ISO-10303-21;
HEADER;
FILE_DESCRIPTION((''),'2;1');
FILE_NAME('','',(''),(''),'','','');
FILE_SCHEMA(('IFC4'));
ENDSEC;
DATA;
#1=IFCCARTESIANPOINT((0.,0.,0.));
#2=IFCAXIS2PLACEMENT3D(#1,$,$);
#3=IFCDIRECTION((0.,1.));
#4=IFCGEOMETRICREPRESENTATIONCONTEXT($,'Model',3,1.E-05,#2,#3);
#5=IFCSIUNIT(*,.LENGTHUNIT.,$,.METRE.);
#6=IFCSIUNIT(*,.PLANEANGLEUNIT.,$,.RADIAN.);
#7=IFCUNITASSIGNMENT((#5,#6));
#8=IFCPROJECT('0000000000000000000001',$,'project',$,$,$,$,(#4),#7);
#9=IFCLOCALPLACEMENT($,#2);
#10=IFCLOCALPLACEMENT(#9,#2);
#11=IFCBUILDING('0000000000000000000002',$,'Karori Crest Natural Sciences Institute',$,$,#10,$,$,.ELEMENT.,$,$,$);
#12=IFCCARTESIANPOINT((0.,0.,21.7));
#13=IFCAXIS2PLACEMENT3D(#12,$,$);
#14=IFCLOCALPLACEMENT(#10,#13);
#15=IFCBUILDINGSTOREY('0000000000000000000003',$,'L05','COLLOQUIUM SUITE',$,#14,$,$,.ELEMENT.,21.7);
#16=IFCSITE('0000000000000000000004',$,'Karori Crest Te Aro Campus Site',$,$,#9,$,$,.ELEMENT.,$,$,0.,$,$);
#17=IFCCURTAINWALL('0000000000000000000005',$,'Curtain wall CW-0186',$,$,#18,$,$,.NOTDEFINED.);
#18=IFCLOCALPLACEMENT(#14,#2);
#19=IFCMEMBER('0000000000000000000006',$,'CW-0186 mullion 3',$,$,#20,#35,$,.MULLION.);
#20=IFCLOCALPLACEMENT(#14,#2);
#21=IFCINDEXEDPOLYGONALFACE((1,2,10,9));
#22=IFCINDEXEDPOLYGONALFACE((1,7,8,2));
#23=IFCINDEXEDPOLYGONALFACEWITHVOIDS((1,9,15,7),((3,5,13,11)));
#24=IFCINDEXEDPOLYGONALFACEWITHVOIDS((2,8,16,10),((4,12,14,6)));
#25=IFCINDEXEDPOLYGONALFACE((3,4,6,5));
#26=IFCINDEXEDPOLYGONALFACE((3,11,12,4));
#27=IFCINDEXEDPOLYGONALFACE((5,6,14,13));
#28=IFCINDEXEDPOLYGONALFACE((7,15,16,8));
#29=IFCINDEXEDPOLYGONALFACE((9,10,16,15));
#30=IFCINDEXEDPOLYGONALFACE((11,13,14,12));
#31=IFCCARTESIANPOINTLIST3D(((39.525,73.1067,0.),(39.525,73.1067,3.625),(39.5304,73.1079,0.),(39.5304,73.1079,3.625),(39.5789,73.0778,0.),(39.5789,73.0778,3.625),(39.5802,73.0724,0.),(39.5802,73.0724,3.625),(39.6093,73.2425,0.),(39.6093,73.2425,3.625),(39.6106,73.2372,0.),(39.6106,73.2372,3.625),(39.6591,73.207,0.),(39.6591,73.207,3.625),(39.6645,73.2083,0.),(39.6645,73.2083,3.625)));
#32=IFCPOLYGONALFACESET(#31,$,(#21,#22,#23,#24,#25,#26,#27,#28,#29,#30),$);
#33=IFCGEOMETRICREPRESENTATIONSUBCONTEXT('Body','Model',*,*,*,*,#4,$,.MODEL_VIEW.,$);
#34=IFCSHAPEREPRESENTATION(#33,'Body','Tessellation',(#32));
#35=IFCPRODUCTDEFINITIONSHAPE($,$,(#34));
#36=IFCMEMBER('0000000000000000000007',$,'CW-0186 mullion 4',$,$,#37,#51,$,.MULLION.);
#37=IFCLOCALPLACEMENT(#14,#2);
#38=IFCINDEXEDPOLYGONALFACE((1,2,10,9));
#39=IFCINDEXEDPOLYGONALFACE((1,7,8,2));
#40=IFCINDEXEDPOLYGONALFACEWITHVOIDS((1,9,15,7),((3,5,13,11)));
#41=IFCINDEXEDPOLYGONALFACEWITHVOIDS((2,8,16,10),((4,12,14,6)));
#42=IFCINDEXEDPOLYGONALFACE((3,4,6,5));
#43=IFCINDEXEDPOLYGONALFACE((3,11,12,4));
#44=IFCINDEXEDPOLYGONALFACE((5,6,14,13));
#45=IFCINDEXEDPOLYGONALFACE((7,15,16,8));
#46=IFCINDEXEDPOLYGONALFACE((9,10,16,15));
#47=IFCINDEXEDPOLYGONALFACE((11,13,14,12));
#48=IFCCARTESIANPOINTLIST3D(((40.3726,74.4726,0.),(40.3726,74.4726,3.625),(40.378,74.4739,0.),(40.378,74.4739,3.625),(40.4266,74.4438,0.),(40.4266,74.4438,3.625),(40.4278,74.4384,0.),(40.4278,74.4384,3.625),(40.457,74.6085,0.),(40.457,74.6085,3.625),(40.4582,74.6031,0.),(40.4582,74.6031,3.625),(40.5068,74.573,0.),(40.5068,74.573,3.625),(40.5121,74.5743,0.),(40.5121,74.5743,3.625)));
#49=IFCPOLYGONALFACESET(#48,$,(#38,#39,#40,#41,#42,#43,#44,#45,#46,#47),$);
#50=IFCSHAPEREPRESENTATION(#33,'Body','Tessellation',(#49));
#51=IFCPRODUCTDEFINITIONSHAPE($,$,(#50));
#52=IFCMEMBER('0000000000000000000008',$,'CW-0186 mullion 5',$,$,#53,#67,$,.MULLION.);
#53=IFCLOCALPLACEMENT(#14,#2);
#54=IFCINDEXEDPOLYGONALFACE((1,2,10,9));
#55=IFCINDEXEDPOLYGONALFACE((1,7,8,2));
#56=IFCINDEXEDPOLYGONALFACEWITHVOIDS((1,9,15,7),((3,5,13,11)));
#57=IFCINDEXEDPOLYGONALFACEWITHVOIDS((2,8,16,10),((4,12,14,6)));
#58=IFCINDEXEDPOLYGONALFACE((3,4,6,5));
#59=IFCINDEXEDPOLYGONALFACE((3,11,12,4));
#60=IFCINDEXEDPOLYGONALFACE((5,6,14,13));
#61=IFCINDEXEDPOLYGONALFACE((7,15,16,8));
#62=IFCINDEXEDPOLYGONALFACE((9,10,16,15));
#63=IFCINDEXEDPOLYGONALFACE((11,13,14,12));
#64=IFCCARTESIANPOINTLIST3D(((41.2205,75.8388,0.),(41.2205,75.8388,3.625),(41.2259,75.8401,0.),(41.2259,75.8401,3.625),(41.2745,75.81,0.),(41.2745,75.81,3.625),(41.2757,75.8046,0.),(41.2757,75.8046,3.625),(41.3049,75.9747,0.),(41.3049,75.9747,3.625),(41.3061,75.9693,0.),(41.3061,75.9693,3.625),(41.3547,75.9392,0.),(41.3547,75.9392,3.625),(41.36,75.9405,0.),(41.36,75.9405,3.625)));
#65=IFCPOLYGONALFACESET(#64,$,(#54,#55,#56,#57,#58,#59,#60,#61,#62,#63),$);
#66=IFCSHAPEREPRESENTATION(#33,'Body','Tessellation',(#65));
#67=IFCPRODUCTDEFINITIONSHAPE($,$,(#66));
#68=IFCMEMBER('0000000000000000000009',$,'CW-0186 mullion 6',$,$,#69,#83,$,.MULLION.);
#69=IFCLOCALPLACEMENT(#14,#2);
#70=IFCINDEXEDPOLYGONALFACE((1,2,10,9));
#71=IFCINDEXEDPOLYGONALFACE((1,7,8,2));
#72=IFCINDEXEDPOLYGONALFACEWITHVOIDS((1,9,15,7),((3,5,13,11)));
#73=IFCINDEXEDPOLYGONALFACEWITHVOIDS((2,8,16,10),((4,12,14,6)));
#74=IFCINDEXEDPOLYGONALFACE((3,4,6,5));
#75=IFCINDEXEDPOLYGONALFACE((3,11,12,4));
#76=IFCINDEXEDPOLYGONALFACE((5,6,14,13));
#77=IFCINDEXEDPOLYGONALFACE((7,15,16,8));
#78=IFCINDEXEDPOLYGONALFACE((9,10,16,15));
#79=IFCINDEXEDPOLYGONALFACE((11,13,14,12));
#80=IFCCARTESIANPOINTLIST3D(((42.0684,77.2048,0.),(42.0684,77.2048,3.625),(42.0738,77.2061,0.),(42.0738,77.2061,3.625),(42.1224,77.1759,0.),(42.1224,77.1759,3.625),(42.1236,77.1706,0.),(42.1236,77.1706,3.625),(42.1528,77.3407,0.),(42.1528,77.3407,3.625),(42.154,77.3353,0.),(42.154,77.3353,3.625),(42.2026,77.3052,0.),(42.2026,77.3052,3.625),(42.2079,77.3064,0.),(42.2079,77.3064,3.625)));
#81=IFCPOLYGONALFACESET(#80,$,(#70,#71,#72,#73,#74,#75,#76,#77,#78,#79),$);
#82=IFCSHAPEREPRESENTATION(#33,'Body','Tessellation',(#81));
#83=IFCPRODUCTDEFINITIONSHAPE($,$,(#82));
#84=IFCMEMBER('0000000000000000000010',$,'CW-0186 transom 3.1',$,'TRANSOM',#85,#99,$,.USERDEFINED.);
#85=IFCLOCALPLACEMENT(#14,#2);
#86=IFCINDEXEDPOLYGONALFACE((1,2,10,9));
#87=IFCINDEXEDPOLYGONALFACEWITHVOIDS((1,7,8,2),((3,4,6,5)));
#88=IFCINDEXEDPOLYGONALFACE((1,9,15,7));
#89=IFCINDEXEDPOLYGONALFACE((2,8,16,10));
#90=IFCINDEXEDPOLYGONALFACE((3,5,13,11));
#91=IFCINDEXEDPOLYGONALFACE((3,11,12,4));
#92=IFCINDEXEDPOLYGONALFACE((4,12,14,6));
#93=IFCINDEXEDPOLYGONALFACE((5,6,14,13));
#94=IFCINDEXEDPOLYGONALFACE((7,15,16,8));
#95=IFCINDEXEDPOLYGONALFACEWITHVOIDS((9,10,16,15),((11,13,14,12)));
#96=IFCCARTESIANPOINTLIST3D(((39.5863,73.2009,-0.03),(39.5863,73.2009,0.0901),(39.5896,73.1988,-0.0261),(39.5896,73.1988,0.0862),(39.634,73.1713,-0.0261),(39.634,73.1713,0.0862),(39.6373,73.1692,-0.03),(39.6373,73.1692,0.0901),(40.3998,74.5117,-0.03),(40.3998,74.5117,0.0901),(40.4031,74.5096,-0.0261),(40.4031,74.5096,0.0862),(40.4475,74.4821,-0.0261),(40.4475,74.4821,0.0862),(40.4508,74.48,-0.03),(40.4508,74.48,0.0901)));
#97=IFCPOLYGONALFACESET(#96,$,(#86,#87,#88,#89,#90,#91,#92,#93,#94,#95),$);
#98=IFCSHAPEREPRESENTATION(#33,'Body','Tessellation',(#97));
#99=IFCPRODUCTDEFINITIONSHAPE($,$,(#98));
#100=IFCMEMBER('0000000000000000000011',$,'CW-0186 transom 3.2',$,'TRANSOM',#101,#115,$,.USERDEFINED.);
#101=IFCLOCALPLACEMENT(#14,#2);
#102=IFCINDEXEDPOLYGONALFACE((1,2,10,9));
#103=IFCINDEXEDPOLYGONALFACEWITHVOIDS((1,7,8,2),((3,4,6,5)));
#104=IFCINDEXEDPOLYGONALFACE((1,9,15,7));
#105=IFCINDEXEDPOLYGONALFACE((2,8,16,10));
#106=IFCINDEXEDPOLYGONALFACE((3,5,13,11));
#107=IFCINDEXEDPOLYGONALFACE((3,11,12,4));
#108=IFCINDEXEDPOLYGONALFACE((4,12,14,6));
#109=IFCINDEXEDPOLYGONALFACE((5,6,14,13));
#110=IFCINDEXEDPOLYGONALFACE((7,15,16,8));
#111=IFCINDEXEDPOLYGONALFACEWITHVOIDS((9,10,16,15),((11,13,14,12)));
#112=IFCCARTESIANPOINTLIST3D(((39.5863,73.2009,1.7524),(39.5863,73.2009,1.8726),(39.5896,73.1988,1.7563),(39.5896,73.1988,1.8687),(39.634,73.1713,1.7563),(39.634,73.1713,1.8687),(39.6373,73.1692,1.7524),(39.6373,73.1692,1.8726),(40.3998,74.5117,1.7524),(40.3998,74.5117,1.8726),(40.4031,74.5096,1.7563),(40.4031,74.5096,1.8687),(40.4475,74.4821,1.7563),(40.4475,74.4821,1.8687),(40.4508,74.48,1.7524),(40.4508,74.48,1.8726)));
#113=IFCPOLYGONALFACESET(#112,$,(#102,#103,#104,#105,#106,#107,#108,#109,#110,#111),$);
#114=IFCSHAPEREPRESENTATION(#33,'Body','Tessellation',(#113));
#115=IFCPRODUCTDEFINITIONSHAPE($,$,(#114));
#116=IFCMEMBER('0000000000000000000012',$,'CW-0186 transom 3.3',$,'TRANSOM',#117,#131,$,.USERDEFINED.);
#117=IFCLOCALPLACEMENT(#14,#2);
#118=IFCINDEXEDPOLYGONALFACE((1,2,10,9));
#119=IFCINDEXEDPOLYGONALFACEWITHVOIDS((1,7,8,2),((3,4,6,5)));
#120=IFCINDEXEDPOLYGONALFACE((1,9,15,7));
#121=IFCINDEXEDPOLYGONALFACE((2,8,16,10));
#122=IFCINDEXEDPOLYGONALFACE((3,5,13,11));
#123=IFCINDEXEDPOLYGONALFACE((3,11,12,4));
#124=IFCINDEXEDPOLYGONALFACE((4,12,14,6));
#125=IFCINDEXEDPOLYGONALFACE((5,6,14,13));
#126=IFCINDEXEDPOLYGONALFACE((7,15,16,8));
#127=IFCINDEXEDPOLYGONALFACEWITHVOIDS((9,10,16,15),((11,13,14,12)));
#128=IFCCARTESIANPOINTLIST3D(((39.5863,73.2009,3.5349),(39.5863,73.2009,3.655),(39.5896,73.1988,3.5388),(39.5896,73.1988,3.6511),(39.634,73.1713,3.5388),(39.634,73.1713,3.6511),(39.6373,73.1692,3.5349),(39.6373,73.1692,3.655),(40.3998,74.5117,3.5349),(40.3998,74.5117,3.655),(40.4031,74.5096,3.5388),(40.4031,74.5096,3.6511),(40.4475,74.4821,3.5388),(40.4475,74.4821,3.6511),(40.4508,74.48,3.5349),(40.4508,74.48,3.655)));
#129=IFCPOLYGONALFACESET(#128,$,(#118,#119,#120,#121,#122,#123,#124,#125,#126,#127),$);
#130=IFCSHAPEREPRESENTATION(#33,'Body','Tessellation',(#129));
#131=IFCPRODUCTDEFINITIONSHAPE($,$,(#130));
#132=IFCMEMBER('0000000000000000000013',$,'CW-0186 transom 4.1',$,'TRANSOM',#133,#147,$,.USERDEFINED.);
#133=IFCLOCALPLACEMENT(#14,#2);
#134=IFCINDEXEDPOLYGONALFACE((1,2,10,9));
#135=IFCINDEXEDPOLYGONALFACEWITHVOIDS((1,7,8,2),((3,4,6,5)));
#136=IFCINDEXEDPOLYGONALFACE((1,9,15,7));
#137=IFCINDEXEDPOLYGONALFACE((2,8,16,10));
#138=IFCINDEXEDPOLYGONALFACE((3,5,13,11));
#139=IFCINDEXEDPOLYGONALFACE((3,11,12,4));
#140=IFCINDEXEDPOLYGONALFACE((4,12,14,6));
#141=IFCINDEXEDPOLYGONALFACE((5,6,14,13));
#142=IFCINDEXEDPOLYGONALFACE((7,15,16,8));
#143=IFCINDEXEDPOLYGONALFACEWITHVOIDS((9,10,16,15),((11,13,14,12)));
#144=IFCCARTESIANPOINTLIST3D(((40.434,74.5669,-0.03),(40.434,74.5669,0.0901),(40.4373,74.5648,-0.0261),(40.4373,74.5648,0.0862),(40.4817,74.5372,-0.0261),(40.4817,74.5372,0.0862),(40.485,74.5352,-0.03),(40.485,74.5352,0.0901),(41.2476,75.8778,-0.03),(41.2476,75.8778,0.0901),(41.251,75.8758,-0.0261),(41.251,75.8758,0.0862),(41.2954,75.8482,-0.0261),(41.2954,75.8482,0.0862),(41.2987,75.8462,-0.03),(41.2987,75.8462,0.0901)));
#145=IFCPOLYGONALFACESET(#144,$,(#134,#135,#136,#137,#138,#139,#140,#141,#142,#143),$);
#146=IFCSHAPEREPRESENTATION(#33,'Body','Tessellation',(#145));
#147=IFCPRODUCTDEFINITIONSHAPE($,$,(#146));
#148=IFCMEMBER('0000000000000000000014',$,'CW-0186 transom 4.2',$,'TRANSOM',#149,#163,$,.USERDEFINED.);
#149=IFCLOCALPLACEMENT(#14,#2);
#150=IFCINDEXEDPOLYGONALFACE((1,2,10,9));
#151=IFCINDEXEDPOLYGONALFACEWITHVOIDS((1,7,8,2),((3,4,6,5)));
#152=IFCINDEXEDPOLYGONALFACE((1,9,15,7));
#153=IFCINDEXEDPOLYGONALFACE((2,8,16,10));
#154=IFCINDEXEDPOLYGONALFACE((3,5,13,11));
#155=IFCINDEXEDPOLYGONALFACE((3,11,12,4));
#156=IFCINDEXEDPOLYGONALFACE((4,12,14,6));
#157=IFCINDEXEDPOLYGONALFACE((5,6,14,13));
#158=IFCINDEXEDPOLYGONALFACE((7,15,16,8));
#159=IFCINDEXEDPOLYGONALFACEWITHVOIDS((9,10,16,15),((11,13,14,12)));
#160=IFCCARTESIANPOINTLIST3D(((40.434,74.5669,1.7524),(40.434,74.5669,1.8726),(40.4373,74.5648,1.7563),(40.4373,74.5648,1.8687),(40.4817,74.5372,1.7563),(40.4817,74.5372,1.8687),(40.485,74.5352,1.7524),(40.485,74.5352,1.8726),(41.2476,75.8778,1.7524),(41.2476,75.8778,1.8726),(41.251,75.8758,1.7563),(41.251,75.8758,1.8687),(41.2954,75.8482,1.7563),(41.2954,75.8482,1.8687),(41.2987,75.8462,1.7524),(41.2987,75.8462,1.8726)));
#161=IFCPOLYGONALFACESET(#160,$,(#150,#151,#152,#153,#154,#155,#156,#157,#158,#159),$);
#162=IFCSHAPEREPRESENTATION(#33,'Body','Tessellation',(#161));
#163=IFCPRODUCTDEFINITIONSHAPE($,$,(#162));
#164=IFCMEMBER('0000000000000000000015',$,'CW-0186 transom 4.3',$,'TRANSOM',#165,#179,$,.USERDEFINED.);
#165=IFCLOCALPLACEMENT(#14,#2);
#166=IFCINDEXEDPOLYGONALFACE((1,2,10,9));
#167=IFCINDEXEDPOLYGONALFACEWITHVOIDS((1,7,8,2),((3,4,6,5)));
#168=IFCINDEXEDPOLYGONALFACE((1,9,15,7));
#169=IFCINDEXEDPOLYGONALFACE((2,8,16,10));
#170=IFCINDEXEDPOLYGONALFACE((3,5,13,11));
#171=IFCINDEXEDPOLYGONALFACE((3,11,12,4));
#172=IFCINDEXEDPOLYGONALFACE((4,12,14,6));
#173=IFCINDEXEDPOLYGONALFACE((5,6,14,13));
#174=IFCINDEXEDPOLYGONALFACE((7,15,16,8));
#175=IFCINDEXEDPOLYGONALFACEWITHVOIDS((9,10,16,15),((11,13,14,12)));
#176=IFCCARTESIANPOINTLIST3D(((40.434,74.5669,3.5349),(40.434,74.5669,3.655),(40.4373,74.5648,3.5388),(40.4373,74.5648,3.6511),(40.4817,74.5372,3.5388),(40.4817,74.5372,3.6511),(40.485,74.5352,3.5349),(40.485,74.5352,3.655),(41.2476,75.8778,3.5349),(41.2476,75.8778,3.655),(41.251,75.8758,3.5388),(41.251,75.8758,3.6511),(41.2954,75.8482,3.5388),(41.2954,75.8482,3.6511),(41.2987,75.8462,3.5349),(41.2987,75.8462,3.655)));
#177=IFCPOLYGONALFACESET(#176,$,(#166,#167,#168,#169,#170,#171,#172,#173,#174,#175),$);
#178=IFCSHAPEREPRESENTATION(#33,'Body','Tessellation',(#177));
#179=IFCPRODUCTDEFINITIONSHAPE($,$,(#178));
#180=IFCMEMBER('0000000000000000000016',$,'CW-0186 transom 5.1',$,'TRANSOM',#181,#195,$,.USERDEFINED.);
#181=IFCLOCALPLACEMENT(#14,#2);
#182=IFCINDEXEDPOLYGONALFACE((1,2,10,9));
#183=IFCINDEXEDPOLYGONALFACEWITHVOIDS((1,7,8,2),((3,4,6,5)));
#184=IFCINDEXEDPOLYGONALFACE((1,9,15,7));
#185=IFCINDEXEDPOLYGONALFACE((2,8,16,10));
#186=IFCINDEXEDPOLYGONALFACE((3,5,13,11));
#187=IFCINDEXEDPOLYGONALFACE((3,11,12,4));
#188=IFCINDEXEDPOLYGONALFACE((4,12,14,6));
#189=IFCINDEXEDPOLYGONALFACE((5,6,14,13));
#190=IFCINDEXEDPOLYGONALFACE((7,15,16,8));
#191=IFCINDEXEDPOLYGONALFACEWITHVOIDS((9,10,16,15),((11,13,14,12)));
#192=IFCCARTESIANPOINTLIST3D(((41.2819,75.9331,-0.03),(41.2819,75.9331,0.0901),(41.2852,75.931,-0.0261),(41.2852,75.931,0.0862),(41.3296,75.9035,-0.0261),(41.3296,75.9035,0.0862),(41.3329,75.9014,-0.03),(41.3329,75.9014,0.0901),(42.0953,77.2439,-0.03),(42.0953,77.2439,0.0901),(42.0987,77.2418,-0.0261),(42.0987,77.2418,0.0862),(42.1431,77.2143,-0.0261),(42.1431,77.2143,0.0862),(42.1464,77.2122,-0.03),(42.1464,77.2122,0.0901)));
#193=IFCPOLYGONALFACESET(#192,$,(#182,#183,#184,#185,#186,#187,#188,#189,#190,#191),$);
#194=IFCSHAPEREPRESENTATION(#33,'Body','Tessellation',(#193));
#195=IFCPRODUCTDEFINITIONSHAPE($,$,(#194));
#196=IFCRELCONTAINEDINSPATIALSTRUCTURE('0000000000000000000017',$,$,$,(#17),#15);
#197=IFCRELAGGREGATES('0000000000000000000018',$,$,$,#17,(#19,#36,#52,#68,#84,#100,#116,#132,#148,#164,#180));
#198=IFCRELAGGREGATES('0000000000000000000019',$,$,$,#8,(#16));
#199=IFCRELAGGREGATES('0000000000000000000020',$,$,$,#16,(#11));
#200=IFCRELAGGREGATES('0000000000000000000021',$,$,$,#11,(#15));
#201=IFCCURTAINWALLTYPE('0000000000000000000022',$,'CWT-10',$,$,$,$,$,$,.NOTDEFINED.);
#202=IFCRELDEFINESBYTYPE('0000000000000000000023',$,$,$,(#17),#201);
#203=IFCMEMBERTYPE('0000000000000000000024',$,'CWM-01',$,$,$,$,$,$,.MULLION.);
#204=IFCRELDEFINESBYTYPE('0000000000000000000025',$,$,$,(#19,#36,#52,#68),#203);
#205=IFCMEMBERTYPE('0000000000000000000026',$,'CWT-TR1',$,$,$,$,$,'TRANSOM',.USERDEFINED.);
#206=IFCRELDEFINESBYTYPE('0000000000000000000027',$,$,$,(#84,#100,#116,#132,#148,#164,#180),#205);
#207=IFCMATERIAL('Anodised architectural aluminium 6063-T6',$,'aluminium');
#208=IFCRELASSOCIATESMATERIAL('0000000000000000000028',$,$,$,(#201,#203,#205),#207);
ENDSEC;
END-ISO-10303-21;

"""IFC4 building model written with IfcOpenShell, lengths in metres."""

from ifc_helpers import new_model, si_unit, direction, frame, origin, origin_2d, place, context, subcontext, project, spatial, hollow_rectangle, extrude, material, material_profile, profile_set, type_object, element, aggregate, save


model = new_model("IFC4")

# Units and contexts
model_context = context("Model", 3, precision=1e-05, world=origin(), true_north=direction((0.0, 1.0)))
body_context = subcontext(model_context, "Body", "Model", "MODEL_VIEW")
ifc_project = project(units=[si_unit("LENGTHUNIT", "METRE"), si_unit("PLANEANGLEUNIT", "RADIAN")], contexts=[model_context])

# Site, building, storey
site_placement = place(None, origin())
site = spatial("IfcSite", under=ifc_project, at=site_placement, Name="Karori Crest Te Aro Campus Site", CompositionType="ELEMENT", RefElevation=0.0)
building_placement = place(site_placement, origin())
building = spatial("IfcBuilding", under=site, at=building_placement, Name="Karori Crest Natural Sciences Institute", CompositionType="ELEMENT")
storey_placement = place(building_placement, frame((0.0, 0.0, 21.7)))
storey = spatial("IfcBuildingStorey", under=building, at=storey_placement, Name="L05", Description="COLLOQUIUM SUITE", CompositionType="ELEMENT", Elevation=21.7)

# Curtain wall, members
ifc_material_1 = material(Name="Anodised architectural aluminium 6063-T6", Category="aluminium")
curtain_wall_type = type_object("IfcCurtainWallType", Name="CWT-10", PredefinedType="NOTDEFINED", material=ifc_material_1)
curtain_wall_placement = place(storey_placement, origin())
curtain_wall = element("IfcCurtainWall", 1, at=curtain_wall_placement, inside=storey, type_object=curtain_wall_type, Name="Curtain wall CW-0186", PredefinedType="NOTDEFINED")
ifc_material_profile_1 = material_profile(ifc_material_1, hollow_rectangle(XDim=0.0649, YDim=0.1599, WallThickness=0.0039, at=origin_2d()), Name="CWM160x65x4")
ifc_profile_set_1 = profile_set([ifc_material_profile_1], Name="Anodised architectural aluminium 6063-T6")
member_type_1 = type_object("IfcMemberType", Name="CWM-01", PredefinedType="MULLION", material=ifc_profile_set_1)
member_1_placement = place(storey_placement, frame((39.5947, 73.1575, 0.0), z_axis=(0.0, 0.0, 1.0), x_axis=(-0.849664, 0.527324, 0.0)))
member_1 = element("IfcMember", 2, at=member_1_placement, type_object=member_type_1, Name="CW-0186 mullion 3", PredefinedType="MULLION", context=body_context, shape_type="SweptSolid", body=[
    extrude(hollow_rectangle(XDim=0.0649, YDim=0.1599, WallThickness=0.0039, at=origin_2d()), origin(), (0.0, 0.0, 1.0), 3.625),
])
member_2_placement = place(storey_placement, frame((40.4424, 74.5234, 0.0), z_axis=(0.0, 0.0, 1.0), x_axis=(-0.849664, 0.527324, 0.0)))
member_2 = element("IfcMember", 3, at=member_2_placement, type_object=member_type_1, Name="CW-0186 mullion 4", PredefinedType="MULLION", context=body_context, shape_type="SweptSolid", body=[
    extrude(hollow_rectangle(XDim=0.0649, YDim=0.1599, WallThickness=0.0039, at=origin_2d()), origin(), (0.0, 0.0, 1.0), 3.625),
])
member_3_placement = place(storey_placement, frame((41.2903, 75.8896, 0.0), z_axis=(0.0, 0.0, 1.0), x_axis=(-0.849664, 0.527324, 0.0)))
member_3 = element("IfcMember", 4, at=member_3_placement, type_object=member_type_1, Name="CW-0186 mullion 5", PredefinedType="MULLION", context=body_context, shape_type="SweptSolid", body=[
    extrude(hollow_rectangle(XDim=0.0649, YDim=0.1599, WallThickness=0.0039, at=origin_2d()), origin(), (0.0, 0.0, 1.0), 3.625),
])
member_4_placement = place(storey_placement, frame((42.1382, 77.2556, 0.0), z_axis=(0.0, 0.0, 1.0), x_axis=(-0.849664, 0.527324, 0.0)))
member_4 = element("IfcMember", 5, at=member_4_placement, type_object=member_type_1, Name="CW-0186 mullion 6", PredefinedType="MULLION", context=body_context, shape_type="SweptSolid", body=[
    extrude(hollow_rectangle(XDim=0.0649, YDim=0.1599, WallThickness=0.0039, at=origin_2d()), origin(), (0.0, 0.0, 1.0), 3.625),
])
ifc_material_profile_2 = material_profile(ifc_material_1, hollow_rectangle(XDim=0.0601, YDim=0.1201, WallThickness=0.0039, at=origin_2d()), Name="CWT120x60x4")
ifc_profile_set_2 = profile_set([ifc_material_profile_2], Name="Anodised architectural aluminium 6063-T6")
member_type_2 = type_object("IfcMemberType", Name="CWT-TR1", ElementType="TRANSOM", PredefinedType="USERDEFINED", material=ifc_profile_set_2)
member_5_placement = place(storey_placement, frame((39.6118, 73.1851, 0.03), z_axis=(0.527308, 0.849674, 0.0), x_axis=(-0.849674, 0.527308, 0.0)))
member_5 = element("IfcMember", 6, at=member_5_placement, type_object=member_type_2, Name="CW-0186 transom 3.1", ObjectType="TRANSOM", PredefinedType="USERDEFINED", context=body_context, shape_type="SweptSolid", body=[
    extrude(hollow_rectangle(XDim=0.0601, YDim=0.1201, WallThickness=0.0039, at=origin_2d()), origin(), (0.0, 0.0, 1.0), 1.5427),
])
member_6_placement = place(storey_placement, frame((39.6118, 73.1851, 1.8125), z_axis=(0.527308, 0.849674, 0.0), x_axis=(-0.849674, 0.527308, 0.0)))
member_6 = element("IfcMember", 7, at=member_6_placement, type_object=member_type_2, Name="CW-0186 transom 3.2", ObjectType="TRANSOM", PredefinedType="USERDEFINED", context=body_context, shape_type="SweptSolid", body=[
    extrude(hollow_rectangle(XDim=0.0601, YDim=0.1201, WallThickness=0.0039, at=origin_2d()), origin(), (0.0, 0.0, 1.0), 1.5427),
])
member_7_placement = place(storey_placement, frame((39.6118, 73.1851, 3.595), z_axis=(0.527308, 0.849674, 0.0), x_axis=(-0.849674, 0.527308, 0.0)))
member_7 = element("IfcMember", 8, at=member_7_placement, type_object=member_type_2, Name="CW-0186 transom 3.3", ObjectType="TRANSOM", PredefinedType="USERDEFINED", context=body_context, shape_type="SweptSolid", body=[
    extrude(hollow_rectangle(XDim=0.0601, YDim=0.1201, WallThickness=0.0039, at=origin_2d()), origin(), (0.0, 0.0, 1.0), 1.5427),
])
member_8_placement = place(storey_placement, frame((40.4595, 74.551, 0.03), z_axis=(0.527351, 0.849647, 0.0), x_axis=(-0.849647, 0.527351, 0.0)))
member_8 = element("IfcMember", 9, at=member_8_placement, type_object=member_type_2, Name="CW-0186 transom 4.1", ObjectType="TRANSOM", PredefinedType="USERDEFINED", context=body_context, shape_type="SweptSolid", body=[
    extrude(hollow_rectangle(XDim=0.0601, YDim=0.1201, WallThickness=0.0039, at=origin_2d()), origin(), (0.0, 0.0, 1.0), 1.543),
])
member_9_placement = place(storey_placement, frame((40.4595, 74.551, 1.8125), z_axis=(0.527351, 0.849647, 0.0), x_axis=(-0.849647, 0.527351, 0.0)))
member_9 = element("IfcMember", 10, at=member_9_placement, type_object=member_type_2, Name="CW-0186 transom 4.2", ObjectType="TRANSOM", PredefinedType="USERDEFINED", context=body_context, shape_type="SweptSolid", body=[
    extrude(hollow_rectangle(XDim=0.0601, YDim=0.1201, WallThickness=0.0039, at=origin_2d()), origin(), (0.0, 0.0, 1.0), 1.543),
])
member_10_placement = place(storey_placement, frame((40.4595, 74.551, 3.595), z_axis=(0.527351, 0.849647, 0.0), x_axis=(-0.849647, 0.527351, 0.0)))
member_10 = element("IfcMember", 11, at=member_10_placement, type_object=member_type_2, Name="CW-0186 transom 4.3", ObjectType="TRANSOM", PredefinedType="USERDEFINED", context=body_context, shape_type="SweptSolid", body=[
    extrude(hollow_rectangle(XDim=0.0601, YDim=0.1201, WallThickness=0.0039, at=origin_2d()), origin(), (0.0, 0.0, 1.0), 1.543),
])
member_11_placement = place(storey_placement, frame((41.3074, 75.9172, 0.03), z_axis=(0.527308, 0.849674, 0.0), x_axis=(-0.849674, 0.527308, 0.0)))
member_11 = element("IfcMember", 12, at=member_11_placement, type_object=member_type_2, Name="CW-0186 transom 5.1", ObjectType="TRANSOM", PredefinedType="USERDEFINED", context=body_context, shape_type="SweptSolid", body=[
    extrude(hollow_rectangle(XDim=0.0601, YDim=0.1201, WallThickness=0.0039, at=origin_2d()), origin(), (0.0, 0.0, 1.0), 1.5427),
])
aggregate(curtain_wall, [member_1, member_2, member_3, member_4, member_5, member_6, member_7, member_8, member_9, member_10, member_11])

save(model, "model.ifc")
